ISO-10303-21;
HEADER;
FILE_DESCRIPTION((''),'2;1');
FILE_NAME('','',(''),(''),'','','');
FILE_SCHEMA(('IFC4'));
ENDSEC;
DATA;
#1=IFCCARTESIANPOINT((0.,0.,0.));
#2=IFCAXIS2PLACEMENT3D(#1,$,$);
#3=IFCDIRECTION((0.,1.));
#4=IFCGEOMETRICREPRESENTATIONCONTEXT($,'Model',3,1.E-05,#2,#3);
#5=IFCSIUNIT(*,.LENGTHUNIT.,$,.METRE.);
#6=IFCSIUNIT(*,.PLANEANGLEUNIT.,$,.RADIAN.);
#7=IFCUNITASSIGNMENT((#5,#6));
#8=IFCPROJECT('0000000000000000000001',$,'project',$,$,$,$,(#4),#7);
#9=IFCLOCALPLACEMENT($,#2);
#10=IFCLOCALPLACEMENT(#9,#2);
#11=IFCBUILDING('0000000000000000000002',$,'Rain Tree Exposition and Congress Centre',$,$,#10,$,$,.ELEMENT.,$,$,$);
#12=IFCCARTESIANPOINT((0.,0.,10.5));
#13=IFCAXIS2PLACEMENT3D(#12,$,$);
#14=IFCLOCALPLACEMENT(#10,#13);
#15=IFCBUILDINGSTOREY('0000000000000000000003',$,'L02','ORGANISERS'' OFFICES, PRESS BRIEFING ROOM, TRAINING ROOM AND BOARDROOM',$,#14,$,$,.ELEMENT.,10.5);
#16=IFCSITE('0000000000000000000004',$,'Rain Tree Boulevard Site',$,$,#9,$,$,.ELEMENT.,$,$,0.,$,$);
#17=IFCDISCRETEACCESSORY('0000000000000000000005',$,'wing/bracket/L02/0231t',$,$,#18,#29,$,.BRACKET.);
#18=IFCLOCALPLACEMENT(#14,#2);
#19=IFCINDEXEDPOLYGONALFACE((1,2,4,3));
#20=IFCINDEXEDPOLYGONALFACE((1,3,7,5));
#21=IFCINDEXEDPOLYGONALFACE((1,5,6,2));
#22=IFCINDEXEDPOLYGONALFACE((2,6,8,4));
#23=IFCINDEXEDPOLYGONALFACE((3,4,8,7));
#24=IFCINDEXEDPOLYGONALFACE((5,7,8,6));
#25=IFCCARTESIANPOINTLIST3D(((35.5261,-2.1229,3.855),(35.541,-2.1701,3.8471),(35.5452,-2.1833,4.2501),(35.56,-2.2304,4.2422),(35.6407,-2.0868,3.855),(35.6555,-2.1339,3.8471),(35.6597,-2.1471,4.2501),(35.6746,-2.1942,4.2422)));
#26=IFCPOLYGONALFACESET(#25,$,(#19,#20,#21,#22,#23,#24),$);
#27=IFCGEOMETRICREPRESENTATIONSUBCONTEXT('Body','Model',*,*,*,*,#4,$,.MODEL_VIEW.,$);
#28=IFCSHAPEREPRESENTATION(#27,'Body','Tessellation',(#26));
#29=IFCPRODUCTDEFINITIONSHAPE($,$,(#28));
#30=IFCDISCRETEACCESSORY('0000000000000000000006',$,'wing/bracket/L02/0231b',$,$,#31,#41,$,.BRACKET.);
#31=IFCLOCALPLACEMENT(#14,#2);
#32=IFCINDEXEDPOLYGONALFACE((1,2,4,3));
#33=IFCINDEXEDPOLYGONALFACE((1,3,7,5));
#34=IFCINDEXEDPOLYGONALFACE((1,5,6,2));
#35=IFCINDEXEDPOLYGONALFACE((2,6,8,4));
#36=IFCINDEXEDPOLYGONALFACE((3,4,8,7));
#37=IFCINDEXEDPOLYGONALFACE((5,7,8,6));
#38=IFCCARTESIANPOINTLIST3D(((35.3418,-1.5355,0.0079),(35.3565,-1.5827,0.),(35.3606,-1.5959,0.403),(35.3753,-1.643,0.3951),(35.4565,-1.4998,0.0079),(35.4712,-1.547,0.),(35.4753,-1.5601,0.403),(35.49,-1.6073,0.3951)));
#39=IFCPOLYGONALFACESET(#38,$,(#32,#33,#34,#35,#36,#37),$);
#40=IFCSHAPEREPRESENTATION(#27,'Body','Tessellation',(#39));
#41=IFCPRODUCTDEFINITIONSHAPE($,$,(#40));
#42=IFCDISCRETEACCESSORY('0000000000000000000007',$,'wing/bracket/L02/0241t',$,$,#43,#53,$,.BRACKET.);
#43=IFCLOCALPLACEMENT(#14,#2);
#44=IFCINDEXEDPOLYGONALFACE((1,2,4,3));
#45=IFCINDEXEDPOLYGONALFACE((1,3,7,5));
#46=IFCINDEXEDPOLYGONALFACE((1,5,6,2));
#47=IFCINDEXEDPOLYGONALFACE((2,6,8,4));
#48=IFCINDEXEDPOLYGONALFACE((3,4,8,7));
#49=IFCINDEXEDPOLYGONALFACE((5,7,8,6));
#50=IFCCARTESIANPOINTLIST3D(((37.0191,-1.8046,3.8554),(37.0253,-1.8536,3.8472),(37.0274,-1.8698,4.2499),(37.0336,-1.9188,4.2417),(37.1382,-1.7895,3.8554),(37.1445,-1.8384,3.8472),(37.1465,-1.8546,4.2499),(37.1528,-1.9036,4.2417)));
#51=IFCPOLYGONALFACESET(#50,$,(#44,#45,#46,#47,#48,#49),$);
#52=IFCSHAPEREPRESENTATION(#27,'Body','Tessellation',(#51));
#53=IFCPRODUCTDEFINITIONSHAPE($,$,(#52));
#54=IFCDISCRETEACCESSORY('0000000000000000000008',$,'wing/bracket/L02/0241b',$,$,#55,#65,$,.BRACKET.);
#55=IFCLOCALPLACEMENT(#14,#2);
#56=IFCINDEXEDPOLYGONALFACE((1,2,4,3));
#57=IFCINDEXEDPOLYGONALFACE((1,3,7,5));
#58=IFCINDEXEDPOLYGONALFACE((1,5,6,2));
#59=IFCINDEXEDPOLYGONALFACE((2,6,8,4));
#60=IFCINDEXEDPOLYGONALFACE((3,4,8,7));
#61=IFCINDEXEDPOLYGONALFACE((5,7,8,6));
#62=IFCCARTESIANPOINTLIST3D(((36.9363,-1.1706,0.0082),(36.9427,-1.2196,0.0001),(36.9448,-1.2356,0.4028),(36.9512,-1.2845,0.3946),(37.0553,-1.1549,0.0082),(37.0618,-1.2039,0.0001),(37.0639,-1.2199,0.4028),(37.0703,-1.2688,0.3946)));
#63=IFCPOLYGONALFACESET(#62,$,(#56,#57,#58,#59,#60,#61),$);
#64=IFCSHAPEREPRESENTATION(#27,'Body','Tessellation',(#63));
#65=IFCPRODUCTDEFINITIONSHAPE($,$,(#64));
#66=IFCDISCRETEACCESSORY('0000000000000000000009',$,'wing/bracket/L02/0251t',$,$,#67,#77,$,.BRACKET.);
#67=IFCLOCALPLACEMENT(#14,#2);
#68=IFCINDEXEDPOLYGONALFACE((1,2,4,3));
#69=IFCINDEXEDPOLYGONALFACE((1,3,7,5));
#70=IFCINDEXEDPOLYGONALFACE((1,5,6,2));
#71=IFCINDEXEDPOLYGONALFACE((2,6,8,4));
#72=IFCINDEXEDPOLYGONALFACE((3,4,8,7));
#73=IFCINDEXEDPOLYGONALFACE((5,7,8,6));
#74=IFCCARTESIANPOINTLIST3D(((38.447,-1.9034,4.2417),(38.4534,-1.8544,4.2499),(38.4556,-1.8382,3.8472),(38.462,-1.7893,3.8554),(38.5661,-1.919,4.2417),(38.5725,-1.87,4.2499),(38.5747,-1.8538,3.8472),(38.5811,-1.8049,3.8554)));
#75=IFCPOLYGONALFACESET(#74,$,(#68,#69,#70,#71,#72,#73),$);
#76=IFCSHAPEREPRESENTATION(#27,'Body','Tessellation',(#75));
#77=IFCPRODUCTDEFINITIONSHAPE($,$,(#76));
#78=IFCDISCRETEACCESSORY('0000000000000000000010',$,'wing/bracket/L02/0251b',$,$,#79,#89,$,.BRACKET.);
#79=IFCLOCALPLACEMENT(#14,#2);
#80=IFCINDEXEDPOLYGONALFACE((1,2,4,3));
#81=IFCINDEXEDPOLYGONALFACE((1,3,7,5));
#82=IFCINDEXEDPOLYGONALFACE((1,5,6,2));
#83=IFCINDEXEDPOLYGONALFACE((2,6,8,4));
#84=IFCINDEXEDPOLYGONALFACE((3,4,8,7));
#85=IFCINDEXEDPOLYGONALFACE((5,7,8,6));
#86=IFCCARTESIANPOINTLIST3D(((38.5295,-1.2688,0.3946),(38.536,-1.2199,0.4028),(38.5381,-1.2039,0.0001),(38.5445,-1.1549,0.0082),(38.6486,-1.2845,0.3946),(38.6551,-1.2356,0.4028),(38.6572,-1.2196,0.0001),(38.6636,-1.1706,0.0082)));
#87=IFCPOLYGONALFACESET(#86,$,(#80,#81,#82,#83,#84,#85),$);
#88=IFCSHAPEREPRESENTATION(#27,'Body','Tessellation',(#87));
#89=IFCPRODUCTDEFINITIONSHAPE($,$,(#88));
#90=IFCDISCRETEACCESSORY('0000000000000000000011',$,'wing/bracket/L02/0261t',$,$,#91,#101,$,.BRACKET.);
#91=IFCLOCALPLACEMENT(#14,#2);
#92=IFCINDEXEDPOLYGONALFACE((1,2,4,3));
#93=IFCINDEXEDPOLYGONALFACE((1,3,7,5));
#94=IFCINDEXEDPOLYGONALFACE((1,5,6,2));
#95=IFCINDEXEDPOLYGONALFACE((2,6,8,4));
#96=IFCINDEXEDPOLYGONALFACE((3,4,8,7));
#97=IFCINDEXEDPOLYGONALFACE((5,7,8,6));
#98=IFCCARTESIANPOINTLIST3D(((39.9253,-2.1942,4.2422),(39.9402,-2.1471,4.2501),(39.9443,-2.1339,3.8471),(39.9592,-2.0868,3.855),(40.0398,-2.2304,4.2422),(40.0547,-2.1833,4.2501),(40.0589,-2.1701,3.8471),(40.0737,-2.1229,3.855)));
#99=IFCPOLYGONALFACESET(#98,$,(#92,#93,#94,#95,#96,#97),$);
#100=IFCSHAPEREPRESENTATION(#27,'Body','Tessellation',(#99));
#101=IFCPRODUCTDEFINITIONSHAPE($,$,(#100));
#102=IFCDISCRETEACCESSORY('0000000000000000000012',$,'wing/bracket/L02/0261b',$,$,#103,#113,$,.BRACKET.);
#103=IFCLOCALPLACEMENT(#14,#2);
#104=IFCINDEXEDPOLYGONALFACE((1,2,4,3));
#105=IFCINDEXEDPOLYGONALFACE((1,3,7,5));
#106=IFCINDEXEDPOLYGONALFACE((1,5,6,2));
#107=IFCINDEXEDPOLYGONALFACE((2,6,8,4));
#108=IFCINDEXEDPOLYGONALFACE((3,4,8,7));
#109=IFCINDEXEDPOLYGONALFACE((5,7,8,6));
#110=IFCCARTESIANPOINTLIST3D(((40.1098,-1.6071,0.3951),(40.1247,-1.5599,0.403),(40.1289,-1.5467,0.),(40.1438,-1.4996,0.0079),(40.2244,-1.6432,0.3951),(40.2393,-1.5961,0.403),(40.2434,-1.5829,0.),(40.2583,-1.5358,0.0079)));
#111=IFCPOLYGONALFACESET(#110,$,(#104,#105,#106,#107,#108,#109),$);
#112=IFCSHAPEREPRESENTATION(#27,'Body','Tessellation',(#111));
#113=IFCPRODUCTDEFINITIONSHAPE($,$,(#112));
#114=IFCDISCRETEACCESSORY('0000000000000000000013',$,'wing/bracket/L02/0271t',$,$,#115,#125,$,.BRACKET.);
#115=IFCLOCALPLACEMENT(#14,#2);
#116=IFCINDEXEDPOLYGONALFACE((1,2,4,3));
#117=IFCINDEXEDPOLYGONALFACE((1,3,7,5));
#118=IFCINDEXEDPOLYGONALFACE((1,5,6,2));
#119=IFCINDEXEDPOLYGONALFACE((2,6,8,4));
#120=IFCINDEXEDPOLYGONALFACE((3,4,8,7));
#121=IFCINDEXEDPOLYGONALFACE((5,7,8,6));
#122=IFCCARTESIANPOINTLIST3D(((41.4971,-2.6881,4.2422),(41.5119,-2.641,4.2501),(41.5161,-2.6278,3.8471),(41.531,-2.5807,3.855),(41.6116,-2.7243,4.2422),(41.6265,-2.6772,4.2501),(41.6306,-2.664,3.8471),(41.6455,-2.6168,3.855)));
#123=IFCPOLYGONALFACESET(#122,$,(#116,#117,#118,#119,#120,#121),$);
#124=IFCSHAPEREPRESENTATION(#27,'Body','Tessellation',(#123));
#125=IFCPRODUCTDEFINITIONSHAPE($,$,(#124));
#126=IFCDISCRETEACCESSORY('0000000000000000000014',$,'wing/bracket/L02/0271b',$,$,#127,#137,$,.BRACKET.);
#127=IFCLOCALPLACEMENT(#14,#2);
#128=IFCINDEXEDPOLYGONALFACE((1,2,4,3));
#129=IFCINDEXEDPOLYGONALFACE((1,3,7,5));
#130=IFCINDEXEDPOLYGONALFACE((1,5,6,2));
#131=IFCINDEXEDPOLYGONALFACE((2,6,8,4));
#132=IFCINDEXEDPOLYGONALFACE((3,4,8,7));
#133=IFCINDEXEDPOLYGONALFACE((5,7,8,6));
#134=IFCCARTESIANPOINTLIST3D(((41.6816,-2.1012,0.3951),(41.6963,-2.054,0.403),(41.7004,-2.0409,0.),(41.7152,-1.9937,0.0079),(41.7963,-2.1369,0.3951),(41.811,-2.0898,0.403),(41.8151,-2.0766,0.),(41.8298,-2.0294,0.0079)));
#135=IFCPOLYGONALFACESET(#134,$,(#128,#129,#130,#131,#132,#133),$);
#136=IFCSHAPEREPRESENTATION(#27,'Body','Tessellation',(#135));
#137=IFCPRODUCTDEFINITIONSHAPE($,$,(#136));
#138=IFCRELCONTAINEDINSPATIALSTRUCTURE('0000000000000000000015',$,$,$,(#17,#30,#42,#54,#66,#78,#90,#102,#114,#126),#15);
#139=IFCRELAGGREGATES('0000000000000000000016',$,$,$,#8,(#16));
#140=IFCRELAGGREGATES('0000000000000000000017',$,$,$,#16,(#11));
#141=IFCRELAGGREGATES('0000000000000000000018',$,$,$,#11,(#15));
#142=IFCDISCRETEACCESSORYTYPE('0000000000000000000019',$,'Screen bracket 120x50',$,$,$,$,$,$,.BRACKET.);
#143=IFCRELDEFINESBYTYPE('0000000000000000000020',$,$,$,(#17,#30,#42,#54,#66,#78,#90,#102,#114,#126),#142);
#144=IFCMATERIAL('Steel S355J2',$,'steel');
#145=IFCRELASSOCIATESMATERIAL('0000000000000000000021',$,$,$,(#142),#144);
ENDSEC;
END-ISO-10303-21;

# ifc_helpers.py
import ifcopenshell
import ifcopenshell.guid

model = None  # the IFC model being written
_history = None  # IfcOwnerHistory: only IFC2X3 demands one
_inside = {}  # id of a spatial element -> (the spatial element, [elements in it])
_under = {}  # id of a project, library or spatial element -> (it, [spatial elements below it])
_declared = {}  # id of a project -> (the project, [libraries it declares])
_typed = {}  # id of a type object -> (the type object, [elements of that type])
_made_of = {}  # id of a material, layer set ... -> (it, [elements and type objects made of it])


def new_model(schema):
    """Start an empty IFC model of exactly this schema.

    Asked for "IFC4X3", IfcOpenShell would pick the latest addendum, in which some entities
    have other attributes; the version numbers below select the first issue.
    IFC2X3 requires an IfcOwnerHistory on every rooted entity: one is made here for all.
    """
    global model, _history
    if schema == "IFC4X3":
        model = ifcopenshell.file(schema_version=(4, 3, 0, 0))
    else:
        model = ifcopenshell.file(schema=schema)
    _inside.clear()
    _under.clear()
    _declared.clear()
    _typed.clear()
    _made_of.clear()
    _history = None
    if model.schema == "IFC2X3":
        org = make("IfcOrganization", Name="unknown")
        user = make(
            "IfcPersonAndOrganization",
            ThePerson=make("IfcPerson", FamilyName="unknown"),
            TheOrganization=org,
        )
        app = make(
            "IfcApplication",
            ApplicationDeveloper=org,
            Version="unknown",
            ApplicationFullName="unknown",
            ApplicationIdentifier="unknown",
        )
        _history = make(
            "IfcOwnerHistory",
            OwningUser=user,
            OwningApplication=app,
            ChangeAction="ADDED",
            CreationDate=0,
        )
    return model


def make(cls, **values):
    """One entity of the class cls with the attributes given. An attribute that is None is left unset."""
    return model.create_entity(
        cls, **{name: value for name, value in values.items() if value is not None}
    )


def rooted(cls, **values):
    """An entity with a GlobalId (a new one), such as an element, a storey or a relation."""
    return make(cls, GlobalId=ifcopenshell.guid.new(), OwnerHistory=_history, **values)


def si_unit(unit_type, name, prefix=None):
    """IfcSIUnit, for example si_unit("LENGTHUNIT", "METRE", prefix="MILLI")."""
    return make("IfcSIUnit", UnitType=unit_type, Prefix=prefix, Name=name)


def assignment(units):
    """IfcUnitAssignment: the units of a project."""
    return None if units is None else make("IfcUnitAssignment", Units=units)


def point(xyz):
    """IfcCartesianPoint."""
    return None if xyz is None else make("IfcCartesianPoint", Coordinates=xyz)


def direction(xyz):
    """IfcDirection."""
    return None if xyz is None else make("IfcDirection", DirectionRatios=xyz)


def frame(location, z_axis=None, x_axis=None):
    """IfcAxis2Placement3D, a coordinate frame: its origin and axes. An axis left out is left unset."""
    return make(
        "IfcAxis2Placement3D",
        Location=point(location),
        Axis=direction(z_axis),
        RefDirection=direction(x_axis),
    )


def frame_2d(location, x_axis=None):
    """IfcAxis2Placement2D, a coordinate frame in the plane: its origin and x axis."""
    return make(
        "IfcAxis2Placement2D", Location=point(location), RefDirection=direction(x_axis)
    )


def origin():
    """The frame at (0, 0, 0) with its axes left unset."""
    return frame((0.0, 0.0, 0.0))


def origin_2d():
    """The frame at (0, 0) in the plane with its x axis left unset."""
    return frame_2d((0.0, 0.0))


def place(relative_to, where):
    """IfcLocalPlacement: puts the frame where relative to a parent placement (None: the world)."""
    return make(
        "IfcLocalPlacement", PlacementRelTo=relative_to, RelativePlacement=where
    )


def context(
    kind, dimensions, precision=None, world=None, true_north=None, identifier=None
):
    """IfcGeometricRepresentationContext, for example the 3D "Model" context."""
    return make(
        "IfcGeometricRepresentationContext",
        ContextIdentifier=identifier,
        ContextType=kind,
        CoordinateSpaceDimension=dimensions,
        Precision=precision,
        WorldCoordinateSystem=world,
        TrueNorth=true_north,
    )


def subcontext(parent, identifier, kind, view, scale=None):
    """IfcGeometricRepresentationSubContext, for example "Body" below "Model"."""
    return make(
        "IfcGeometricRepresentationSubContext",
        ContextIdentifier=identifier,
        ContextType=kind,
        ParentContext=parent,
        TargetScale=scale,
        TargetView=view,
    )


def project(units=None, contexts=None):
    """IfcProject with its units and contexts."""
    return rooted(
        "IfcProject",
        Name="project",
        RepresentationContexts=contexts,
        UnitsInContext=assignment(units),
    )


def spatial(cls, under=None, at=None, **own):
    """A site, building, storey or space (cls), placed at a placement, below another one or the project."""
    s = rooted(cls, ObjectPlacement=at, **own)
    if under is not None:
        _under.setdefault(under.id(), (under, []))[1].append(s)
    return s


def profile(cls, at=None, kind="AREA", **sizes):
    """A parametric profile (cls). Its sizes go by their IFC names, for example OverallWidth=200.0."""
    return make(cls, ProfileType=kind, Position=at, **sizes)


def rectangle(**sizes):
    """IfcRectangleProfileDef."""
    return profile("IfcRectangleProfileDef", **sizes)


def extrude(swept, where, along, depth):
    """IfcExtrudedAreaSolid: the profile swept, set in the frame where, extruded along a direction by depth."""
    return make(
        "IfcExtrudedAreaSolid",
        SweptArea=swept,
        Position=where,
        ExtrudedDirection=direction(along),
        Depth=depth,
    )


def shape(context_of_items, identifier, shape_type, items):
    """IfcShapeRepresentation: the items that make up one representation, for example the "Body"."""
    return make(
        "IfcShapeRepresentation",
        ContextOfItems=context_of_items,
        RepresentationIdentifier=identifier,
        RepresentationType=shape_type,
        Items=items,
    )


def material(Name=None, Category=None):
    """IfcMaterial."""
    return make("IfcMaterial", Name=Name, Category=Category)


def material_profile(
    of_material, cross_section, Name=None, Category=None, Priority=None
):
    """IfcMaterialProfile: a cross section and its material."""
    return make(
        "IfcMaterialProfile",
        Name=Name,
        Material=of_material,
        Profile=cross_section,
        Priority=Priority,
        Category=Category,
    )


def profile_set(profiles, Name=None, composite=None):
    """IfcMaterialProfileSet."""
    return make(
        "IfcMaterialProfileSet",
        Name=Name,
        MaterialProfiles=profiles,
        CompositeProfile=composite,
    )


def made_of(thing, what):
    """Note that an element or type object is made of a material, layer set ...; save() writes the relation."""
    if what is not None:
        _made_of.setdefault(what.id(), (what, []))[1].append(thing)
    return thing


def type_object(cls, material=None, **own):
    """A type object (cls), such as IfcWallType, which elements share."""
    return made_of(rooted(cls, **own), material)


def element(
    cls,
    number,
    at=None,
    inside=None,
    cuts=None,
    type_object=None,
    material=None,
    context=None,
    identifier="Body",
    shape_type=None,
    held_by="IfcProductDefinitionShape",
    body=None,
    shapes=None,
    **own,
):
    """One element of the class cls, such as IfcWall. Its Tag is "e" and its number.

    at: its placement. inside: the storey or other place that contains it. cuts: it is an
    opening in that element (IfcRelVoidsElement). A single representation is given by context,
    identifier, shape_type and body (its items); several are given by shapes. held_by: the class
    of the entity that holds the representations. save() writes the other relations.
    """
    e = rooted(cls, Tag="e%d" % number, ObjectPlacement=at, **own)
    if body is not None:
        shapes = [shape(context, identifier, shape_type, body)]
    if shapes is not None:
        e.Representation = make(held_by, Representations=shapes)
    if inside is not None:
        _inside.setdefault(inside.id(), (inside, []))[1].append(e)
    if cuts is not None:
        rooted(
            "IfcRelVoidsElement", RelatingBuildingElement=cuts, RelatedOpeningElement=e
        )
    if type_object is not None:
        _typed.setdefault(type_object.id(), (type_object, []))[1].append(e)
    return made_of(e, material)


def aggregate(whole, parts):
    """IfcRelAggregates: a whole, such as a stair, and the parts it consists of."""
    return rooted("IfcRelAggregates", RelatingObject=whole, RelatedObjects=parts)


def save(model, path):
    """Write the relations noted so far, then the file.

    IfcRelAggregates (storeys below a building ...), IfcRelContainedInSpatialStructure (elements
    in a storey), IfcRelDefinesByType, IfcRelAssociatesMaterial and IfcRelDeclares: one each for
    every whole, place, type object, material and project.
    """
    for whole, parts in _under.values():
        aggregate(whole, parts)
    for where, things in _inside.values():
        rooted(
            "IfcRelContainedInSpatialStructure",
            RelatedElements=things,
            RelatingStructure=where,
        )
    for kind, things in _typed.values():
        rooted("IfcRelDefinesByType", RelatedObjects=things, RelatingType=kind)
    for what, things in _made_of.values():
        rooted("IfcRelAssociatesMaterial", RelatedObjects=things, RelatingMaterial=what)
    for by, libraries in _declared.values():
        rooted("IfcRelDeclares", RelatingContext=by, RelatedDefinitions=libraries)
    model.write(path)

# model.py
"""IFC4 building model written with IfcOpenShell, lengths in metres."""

from ifc_helpers import new_model, si_unit, direction, frame, origin, origin_2d, place, context, subcontext, project, spatial, rectangle, extrude, material, material_profile, profile_set, type_object, element, save


model = new_model("IFC4")

# Units and contexts
model_context = context("Model", 3, precision=1e-05, world=origin(), true_north=direction((0.0, 1.0)))
body_context = subcontext(model_context, "Body", "Model", "MODEL_VIEW")
ifc_project = project(units=[si_unit("LENGTHUNIT", "METRE"), si_unit("PLANEANGLEUNIT", "RADIAN")], contexts=[model_context])

# Site, building, storey
site_placement = place(None, origin())
site = spatial("IfcSite", under=ifc_project, at=site_placement, Name="Rain Tree Boulevard Site", CompositionType="ELEMENT", RefElevation=0.0)
building_placement = place(site_placement, origin())
building = spatial("IfcBuilding", under=site, at=building_placement, Name="Rain Tree Exposition and Congress Centre", CompositionType="ELEMENT")
storey_placement = place(building_placement, frame((0.0, 0.0, 10.5)))
storey = spatial("IfcBuildingStorey", under=building, at=storey_placement, Name="L02", Description="ORGANISERS' OFFICES, PRESS BRIEFING ROOM, TRAINING ROOM AND BOARDROOM", CompositionType="ELEMENT", Elevation=10.5)

# Discrete accessories
ifc_material_1 = material(Name="Steel S355J2", Category="steel")
ifc_material_profile_1 = material_profile(ifc_material_1, rectangle(XDim=0.1201, YDim=0.05, at=origin_2d()), Name="Flat bar 120x50")
ifc_profile_set_1 = profile_set([ifc_material_profile_1], Name="Steel S355J2")
discrete_accessory_type = type_object("IfcDiscreteAccessoryType", Name="Screen bracket 120x50", PredefinedType="BRACKET", material=ifc_profile_set_1)
for number, where, z_axis, x_axis, name in (
    (1, (35.5908, -2.1284, 3.8511), (0.047602, -0.150738, 0.987427), (0.953583, 0.301131, 0.0), "wing/bracket/L02/0231t"),
    (2, (35.4065, -1.5413, 0.0039), (0.046993, -0.150743, 0.987456), (0.954686, 0.297615, 0.0), "wing/bracket/L02/0231b"),
):
    element("IfcDiscreteAccessory", number, at=place(storey_placement, frame(where, z_axis=z_axis, x_axis=x_axis)), inside=storey, type_object=discrete_accessory_type, Name=name, PredefinedType="BRACKET", context=body_context, shape_type="SweptSolid", body=[
        extrude(rectangle(XDim=0.1201, YDim=0.05, at=origin_2d()), origin(), (0.0, 0.0, 1.0), 0.4001),
    ])
for number, where, z_axis, x_axis, name in (
    (3, (37.0818, -1.8215, 3.8513), (0.020754, -0.162978, 0.986411), (0.991989, 0.126321, 0.0), "wing/bracket/L02/0241t"),
    (4, (36.999, -1.1873, 0.0042), (0.021366, -0.162381, 0.986497), (0.991454, 0.130455, 0.0), "wing/bracket/L02/0241b"),
    (5, (38.5183, -1.8215, 3.8513), (-0.021364, -0.162976, 0.986399), (0.991517, -0.129974, 0.0), "wing/bracket/L02/0251t"),
    (6, (38.6008, -1.1873, 0.0042), (-0.021366, -0.162381, 0.986497), (0.991454, -0.130455, 0.0), "wing/bracket/L02/0251b"),
):
    element("IfcDiscreteAccessory", number, at=place(storey_placement, frame(where, z_axis=z_axis, x_axis=x_axis)), inside=storey, type_object=discrete_accessory_type, Name=name, PredefinedType="BRACKET", context=body_context, shape_type="SweptSolid", body=[
        extrude(rectangle(XDim=0.1201, YDim=0.05, at=origin_2d()), origin(), (0.0, 0.0, 1.0), 0.3999),
    ])
for number, where, z_axis, x_axis, name in (
    (7, (40.009, -2.1284, 3.8511), (-0.047602, -0.150738, 0.987427), (0.953583, -0.301131, 0.0), "wing/bracket/L02/0261t"),
    (8, (40.1936, -1.5413, 0.0039), (-0.047602, -0.150738, 0.987427), (0.953583, -0.301131, 0.0), "wing/bracket/L02/0261b"),
    (9, (41.5808, -2.6223, 3.8511), (-0.047602, -0.150738, 0.987427), (0.953583, -0.301131, 0.0), "wing/bracket/L02/0271t"),
    (10, (41.7651, -2.0352, 0.0039), (-0.046993, -0.150743, 0.987456), (0.954686, -0.297615, 0.0), "wing/bracket/L02/0271b"),
):
    element("IfcDiscreteAccessory", number, at=place(storey_placement, frame(where, z_axis=z_axis, x_axis=x_axis)), inside=storey, type_object=discrete_accessory_type, Name=name, PredefinedType="BRACKET", context=body_context, shape_type="SweptSolid", body=[
        extrude(rectangle(XDim=0.1201, YDim=0.05, at=origin_2d()), origin(), (0.0, 0.0, 1.0), 0.4001),
    ])

save(model, "model.ifc")
